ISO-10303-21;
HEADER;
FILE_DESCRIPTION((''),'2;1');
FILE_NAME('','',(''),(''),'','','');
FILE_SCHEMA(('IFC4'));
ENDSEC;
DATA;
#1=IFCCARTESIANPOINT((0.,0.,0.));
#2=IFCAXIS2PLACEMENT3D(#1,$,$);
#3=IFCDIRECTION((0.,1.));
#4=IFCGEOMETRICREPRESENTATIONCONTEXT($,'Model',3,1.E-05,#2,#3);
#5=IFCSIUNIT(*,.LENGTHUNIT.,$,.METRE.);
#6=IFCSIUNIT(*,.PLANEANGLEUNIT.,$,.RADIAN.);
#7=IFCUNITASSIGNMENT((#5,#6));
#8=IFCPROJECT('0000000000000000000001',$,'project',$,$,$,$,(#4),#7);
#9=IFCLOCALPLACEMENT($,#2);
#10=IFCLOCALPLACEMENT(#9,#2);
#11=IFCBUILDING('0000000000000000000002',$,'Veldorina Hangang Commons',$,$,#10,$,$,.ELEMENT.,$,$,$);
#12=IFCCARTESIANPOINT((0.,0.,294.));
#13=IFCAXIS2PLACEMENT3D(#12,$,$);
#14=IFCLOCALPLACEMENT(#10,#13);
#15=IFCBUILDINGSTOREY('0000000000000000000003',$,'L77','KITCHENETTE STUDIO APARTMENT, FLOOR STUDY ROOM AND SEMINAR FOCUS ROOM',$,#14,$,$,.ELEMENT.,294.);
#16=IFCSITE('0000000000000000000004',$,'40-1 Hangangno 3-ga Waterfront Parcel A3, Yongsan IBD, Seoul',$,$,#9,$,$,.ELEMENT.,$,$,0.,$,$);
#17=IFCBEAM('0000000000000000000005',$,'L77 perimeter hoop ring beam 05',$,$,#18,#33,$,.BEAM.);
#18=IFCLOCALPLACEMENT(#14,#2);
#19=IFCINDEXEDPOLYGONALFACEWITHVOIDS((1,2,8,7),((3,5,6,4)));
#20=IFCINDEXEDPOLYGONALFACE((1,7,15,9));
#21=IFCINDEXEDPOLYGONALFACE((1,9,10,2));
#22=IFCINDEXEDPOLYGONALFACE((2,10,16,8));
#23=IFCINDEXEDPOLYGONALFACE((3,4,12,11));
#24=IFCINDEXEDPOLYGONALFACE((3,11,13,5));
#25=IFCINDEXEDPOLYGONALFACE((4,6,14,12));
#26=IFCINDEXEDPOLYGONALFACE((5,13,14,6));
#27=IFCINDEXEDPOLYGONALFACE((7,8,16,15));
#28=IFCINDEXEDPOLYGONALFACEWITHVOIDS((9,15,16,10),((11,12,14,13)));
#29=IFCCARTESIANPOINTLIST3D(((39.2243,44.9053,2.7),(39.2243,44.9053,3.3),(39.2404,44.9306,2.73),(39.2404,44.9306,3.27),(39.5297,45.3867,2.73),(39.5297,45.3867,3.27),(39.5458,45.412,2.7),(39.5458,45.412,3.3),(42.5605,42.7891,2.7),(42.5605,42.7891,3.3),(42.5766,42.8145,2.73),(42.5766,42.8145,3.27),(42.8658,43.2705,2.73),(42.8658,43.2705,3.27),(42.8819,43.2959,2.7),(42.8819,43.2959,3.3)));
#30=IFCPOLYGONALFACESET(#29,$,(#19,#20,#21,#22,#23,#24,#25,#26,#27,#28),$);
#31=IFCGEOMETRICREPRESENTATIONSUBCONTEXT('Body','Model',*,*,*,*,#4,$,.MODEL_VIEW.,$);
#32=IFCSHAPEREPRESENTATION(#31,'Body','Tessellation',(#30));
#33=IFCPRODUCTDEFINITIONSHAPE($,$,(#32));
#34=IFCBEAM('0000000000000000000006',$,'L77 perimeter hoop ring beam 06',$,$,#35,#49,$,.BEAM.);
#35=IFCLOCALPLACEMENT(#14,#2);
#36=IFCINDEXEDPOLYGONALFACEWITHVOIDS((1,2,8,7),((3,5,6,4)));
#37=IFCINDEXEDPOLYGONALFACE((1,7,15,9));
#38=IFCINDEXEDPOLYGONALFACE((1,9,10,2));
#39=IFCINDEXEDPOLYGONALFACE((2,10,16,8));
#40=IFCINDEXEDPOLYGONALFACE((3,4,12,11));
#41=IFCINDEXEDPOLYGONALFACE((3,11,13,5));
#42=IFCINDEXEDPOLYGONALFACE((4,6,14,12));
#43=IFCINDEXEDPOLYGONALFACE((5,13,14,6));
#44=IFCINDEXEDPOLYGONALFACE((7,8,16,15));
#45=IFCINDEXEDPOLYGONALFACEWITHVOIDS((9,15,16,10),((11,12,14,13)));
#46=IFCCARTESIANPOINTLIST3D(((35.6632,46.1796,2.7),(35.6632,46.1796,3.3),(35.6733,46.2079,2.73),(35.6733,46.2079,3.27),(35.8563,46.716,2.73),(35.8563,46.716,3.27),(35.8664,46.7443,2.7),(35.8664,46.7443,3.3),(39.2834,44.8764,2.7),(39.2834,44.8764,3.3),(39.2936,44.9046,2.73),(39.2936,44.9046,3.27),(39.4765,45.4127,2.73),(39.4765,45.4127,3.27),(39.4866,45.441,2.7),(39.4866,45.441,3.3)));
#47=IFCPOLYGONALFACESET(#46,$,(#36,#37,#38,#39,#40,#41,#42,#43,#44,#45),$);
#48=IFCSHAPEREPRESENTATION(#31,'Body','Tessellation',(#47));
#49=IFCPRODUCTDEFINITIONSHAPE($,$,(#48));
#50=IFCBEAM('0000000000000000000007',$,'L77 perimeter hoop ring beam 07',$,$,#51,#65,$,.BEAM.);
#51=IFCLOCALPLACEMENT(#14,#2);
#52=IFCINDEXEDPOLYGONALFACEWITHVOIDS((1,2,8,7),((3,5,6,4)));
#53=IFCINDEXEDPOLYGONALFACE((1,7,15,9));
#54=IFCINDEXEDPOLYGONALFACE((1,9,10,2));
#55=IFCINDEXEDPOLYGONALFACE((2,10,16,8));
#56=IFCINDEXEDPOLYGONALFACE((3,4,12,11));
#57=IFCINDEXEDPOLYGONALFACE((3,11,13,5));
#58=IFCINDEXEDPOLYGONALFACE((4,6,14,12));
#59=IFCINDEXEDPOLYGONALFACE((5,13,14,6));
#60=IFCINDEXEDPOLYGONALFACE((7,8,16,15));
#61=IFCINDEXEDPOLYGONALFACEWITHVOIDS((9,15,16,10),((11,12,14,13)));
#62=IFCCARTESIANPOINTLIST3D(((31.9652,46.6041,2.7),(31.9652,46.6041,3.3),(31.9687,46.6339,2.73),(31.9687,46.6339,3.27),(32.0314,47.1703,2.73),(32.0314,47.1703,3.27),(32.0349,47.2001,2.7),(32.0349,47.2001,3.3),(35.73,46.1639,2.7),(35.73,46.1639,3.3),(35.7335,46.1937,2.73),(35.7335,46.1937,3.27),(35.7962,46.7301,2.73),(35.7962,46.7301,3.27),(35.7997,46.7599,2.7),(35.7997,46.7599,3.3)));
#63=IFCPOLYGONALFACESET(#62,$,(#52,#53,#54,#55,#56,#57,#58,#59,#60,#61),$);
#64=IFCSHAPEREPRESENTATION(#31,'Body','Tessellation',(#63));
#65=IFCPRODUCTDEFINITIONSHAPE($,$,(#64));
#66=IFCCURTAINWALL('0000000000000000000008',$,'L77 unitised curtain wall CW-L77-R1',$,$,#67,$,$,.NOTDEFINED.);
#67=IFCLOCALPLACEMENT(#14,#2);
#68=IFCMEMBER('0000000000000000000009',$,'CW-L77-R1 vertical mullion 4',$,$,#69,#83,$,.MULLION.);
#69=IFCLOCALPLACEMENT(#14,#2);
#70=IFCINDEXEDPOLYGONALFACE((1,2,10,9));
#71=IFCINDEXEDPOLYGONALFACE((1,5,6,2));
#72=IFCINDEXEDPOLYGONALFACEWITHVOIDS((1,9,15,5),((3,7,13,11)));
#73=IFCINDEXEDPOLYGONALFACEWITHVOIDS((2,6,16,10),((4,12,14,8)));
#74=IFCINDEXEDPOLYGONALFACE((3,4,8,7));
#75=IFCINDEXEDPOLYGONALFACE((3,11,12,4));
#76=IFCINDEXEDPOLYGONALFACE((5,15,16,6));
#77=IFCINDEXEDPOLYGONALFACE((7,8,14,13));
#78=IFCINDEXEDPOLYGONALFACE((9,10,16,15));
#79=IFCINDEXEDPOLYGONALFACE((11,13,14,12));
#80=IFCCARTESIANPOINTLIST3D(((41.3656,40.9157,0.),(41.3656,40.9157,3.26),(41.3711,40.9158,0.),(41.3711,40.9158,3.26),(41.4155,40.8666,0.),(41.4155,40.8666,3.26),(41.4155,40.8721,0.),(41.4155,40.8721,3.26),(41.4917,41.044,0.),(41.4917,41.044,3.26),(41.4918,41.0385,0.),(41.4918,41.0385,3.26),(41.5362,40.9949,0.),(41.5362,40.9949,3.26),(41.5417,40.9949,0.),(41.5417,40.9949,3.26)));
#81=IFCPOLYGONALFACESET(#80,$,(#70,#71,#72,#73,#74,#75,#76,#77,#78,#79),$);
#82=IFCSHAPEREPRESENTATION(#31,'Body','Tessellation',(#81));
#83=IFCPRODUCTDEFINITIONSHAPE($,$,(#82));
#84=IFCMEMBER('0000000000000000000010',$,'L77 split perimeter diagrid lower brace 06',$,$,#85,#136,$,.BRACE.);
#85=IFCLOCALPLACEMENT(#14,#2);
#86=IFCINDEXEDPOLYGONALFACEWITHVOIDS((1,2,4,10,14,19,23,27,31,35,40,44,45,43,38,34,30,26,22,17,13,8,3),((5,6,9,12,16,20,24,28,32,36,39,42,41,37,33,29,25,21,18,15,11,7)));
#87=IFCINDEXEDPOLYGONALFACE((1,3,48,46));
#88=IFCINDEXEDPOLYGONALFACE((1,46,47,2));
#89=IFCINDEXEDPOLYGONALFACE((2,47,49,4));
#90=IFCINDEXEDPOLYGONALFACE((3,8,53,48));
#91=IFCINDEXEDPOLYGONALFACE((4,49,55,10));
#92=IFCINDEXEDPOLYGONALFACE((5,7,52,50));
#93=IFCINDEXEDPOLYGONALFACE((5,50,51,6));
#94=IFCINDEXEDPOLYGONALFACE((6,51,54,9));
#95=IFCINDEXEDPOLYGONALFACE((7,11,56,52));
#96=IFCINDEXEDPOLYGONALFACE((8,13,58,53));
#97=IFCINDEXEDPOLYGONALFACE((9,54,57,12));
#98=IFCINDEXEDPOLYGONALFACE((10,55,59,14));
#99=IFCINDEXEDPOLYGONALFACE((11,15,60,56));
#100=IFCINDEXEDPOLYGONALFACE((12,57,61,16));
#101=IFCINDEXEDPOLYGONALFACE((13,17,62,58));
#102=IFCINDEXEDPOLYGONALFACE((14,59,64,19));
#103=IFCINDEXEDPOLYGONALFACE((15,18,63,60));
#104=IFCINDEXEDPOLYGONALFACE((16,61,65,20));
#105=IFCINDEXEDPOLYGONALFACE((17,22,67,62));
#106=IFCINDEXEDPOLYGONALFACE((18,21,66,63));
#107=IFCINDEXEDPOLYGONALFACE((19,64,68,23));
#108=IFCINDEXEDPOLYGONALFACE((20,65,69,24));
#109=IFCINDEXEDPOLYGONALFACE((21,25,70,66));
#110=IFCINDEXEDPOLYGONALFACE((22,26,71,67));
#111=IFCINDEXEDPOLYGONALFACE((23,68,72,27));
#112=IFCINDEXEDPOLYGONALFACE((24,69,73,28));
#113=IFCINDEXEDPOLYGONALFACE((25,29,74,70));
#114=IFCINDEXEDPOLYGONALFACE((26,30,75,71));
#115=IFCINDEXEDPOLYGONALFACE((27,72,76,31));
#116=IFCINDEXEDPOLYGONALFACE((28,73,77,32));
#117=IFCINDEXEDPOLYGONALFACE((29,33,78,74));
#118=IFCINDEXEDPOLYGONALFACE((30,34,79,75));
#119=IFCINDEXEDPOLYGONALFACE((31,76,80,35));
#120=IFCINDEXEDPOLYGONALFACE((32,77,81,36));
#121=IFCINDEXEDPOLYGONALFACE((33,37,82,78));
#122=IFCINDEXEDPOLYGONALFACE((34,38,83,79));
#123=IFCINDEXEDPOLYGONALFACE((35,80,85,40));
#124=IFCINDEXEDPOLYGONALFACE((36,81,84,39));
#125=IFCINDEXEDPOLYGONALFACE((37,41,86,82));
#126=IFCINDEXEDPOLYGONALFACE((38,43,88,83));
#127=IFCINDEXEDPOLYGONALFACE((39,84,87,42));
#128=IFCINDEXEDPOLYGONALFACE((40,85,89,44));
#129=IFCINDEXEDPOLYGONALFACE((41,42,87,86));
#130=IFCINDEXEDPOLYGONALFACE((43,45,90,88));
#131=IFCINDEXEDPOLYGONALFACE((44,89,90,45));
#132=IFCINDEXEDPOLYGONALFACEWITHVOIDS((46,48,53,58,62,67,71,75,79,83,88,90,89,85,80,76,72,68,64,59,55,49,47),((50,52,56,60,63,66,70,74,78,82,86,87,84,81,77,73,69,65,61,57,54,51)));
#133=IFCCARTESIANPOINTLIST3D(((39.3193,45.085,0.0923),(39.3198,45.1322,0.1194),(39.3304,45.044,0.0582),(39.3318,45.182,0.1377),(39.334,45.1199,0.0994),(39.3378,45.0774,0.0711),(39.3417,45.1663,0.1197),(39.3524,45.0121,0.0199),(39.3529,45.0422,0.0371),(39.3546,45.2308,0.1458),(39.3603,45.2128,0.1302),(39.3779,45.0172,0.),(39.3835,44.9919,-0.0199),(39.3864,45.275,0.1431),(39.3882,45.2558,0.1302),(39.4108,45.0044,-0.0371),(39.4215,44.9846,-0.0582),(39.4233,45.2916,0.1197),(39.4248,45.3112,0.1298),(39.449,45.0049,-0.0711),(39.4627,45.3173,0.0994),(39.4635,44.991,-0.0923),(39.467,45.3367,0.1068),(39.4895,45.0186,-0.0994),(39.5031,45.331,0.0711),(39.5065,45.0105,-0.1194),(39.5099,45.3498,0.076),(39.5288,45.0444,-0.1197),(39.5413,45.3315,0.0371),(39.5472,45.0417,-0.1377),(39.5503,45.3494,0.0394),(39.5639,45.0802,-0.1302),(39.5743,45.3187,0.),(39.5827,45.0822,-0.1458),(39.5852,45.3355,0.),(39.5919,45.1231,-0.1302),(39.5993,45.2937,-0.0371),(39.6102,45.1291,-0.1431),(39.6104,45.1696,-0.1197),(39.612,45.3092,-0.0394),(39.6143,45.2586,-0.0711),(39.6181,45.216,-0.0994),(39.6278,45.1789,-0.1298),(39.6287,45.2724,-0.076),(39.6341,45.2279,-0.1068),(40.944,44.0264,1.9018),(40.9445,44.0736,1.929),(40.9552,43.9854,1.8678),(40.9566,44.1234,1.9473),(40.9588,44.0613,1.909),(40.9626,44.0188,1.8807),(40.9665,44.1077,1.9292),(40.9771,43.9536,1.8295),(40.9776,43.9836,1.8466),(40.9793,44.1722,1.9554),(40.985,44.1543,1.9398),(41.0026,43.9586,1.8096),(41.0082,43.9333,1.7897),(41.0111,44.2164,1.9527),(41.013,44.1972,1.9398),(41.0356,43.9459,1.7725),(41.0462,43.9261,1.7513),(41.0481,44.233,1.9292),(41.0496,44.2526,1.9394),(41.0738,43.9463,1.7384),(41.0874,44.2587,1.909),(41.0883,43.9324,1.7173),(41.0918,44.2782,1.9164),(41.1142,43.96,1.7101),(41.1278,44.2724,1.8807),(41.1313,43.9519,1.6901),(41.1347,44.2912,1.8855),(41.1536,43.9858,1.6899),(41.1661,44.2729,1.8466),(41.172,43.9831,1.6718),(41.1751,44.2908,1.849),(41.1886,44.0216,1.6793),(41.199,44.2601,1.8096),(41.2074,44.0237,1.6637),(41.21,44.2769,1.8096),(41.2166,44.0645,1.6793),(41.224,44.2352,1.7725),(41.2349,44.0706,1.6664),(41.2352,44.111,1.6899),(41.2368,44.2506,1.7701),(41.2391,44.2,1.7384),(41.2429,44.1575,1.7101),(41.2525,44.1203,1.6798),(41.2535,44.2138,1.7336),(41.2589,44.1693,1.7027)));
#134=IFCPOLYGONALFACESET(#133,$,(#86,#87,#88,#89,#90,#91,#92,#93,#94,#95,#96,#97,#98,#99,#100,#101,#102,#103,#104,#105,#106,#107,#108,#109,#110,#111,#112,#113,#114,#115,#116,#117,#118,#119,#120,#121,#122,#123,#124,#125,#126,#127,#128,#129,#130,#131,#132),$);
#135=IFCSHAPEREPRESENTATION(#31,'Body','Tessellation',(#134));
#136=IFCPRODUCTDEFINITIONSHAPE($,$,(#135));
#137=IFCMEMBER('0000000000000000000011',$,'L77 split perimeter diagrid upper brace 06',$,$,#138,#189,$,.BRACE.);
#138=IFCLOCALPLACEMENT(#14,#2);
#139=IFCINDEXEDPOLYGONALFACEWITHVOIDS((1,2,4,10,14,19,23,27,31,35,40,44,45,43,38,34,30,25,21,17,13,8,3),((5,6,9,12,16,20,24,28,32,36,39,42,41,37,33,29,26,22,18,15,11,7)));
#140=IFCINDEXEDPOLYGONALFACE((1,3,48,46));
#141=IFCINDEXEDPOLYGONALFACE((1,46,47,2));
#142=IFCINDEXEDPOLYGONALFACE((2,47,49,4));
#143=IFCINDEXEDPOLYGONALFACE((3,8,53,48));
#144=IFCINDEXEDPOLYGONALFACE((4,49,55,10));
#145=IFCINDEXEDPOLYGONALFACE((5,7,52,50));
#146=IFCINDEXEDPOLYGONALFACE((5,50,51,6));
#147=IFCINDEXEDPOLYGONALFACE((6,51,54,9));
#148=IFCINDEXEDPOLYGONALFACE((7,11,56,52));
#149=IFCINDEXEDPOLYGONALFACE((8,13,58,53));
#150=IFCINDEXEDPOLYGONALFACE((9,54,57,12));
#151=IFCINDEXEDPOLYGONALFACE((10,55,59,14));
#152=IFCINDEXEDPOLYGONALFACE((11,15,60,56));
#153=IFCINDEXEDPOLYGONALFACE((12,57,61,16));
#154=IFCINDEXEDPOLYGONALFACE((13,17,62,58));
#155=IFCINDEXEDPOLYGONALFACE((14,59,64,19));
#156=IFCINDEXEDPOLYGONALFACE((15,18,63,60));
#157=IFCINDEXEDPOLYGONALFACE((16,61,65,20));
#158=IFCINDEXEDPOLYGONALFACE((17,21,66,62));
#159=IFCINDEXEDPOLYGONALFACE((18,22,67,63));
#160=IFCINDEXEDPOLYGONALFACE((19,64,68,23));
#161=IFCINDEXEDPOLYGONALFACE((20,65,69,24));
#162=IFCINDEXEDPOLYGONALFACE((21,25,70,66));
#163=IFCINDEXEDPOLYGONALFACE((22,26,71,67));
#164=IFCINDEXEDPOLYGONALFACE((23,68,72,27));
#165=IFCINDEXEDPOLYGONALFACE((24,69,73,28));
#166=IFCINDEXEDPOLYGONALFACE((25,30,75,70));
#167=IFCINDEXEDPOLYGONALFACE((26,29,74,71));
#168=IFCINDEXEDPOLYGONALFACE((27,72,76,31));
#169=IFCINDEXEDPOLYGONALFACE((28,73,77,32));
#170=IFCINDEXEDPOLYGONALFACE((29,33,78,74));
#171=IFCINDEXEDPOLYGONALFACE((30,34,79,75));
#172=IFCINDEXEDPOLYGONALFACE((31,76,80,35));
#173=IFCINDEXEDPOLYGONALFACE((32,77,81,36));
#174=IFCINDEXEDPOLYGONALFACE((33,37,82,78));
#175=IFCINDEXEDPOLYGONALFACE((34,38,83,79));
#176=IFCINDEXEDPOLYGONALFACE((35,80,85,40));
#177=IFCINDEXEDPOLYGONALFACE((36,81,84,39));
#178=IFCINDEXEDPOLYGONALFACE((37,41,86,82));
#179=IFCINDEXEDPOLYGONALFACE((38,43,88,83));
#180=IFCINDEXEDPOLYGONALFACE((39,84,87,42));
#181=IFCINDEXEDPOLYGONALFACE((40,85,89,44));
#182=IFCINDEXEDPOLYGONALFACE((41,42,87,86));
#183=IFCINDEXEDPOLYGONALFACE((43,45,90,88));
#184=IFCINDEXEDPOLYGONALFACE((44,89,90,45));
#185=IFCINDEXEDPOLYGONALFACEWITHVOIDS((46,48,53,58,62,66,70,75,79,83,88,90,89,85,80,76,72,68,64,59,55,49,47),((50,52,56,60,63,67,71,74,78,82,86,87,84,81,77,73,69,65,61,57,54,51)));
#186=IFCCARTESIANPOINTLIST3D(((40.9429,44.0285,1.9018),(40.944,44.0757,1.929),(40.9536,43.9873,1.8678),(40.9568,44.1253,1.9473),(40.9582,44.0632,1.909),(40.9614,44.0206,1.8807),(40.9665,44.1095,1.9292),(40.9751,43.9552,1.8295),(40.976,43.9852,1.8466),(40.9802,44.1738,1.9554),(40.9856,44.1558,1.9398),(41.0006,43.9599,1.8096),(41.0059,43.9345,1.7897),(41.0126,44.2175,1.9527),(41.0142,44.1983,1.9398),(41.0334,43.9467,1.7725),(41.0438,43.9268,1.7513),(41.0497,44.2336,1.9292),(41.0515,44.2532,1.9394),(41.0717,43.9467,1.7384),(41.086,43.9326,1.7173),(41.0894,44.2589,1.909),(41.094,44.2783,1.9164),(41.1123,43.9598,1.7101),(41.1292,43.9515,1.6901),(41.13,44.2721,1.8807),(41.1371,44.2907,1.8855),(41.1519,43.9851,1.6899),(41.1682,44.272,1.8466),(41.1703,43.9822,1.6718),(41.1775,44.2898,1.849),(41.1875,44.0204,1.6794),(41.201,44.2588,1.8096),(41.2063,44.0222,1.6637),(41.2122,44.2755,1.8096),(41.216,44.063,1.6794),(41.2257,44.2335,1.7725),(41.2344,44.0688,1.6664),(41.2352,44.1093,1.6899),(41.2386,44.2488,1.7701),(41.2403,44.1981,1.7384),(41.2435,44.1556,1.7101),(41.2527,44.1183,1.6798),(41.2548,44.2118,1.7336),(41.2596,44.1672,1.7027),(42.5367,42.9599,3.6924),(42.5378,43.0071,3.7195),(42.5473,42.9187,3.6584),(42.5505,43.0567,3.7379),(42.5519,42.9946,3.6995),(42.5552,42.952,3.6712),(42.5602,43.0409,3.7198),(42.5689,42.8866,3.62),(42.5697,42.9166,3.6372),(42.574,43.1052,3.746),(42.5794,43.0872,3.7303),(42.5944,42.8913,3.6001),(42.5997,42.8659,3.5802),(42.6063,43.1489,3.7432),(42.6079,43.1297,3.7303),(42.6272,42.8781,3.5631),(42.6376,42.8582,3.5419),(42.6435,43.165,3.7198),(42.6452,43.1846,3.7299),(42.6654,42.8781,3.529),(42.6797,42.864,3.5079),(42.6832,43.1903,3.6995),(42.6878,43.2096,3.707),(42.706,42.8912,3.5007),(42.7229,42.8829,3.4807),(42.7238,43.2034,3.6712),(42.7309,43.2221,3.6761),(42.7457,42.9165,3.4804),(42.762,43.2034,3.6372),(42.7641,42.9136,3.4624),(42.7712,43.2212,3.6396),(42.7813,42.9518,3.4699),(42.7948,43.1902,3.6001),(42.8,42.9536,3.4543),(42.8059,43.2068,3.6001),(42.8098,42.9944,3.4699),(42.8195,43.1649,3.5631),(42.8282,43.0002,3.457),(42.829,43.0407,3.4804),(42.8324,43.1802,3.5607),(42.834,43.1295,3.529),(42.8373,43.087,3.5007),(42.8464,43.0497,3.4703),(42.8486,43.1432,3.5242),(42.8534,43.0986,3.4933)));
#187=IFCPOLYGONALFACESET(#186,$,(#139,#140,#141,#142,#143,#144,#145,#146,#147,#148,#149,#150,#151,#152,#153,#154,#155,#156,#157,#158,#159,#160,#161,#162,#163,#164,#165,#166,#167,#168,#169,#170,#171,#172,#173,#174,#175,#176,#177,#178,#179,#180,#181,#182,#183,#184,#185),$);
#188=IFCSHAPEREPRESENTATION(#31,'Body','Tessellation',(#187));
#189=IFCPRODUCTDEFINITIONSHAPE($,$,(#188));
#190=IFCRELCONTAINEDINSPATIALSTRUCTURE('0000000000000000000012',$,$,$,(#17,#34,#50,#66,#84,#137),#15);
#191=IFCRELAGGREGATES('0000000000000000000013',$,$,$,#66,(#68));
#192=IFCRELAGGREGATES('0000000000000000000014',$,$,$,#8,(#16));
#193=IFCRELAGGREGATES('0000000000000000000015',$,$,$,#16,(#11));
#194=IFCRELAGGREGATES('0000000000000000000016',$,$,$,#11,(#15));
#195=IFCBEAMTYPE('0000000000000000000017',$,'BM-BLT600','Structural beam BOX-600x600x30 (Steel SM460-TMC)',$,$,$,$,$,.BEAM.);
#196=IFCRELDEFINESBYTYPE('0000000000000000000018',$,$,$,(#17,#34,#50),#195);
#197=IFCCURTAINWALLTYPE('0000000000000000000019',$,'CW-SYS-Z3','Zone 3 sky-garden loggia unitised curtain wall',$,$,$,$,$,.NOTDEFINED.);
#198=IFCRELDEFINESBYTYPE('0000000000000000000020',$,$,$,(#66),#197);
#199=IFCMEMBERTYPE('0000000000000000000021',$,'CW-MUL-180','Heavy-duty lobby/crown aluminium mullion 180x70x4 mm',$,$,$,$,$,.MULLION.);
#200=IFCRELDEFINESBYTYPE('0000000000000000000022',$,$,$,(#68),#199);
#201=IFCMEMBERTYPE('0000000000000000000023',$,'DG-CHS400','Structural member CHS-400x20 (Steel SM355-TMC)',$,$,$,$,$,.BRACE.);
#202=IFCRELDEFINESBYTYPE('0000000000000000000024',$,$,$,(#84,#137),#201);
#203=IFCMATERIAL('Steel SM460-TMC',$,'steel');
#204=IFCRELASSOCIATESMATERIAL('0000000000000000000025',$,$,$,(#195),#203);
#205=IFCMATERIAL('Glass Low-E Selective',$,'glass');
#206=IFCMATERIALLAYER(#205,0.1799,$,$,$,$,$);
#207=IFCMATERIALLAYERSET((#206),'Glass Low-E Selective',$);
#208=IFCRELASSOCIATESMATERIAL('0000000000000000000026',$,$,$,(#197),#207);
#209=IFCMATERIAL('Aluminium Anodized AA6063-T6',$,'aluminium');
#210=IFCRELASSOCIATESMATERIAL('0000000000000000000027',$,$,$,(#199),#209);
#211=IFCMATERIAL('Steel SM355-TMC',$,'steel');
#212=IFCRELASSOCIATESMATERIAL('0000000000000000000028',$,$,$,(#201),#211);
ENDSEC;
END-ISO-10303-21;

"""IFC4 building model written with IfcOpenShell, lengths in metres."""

from ifc_helpers import new_model, si_unit, direction, frame, origin, origin_2d, place, context, subcontext, project, spatial, hollow_rectangle, hollow_circle, extrude, material, layer, layer_set, material_profile, profile_set, type_object, element, aggregate, save


model = new_model("IFC4")

# Units and contexts
model_context = context("Model", 3, precision=1e-05, world=origin(), true_north=direction((0.0, 1.0)))
body_context = subcontext(model_context, "Body", "Model", "MODEL_VIEW")
ifc_project = project(units=[si_unit("LENGTHUNIT", "METRE"), si_unit("PLANEANGLEUNIT", "RADIAN")], contexts=[model_context])

# Site, building, storey
site_placement = place(None, origin())
site = spatial("IfcSite", under=ifc_project, at=site_placement, Name="40-1 Hangangno 3-ga Waterfront Parcel A3, Yongsan IBD, Seoul", CompositionType="ELEMENT", RefElevation=0.0)
building_placement = place(site_placement, origin())
building = spatial("IfcBuilding", under=site, at=building_placement, Name="Veldorina Hangang Commons", CompositionType="ELEMENT")
storey_placement = place(building_placement, frame((0.0, 0.0, 294.0)))
storey = spatial("IfcBuildingStorey", under=building, at=storey_placement, Name="L77", Description="KITCHENETTE STUDIO APARTMENT, FLOOR STUDY ROOM AND SEMINAR FOCUS ROOM", CompositionType="ELEMENT", Elevation=294.0)

# Beams
ifc_material_1 = material(Name="Steel SM460-TMC", Category="steel")
ifc_material_profile_1 = material_profile(ifc_material_1, hollow_rectangle(XDim=0.6001, YDim=0.6001, WallThickness=0.03, at=origin_2d()), Name="BOX-600x600x30")
ifc_profile_set_1 = profile_set([ifc_material_profile_1], Name="Steel SM460-TMC")
beam_type = type_object("IfcBeamType", Name="BM-BLT600", Description="Structural beam BOX-600x600x30 (Steel SM460-TMC)", PredefinedType="BEAM", material=ifc_profile_set_1)
beam_1_placement = place(storey_placement, frame((42.7212, 43.0425, 3.0), z_axis=(-0.844442, 0.535647, 0.0), x_axis=(-0.535647, -0.844442, 0.0)))
element("IfcBeam", 1, at=beam_1_placement, inside=storey, type_object=beam_type, Name="L77 perimeter hoop ring beam 05", PredefinedType="BEAM", context=body_context, shape_type="SweptSolid", body=[
    extrude(hollow_rectangle(XDim=0.6001, YDim=0.6001, WallThickness=0.03, at=origin_2d()), origin(), (0.0, 0.0, 1.0), 3.9507),
])
beam_2_placement = place(storey_placement, frame((39.385, 45.1587, 3.0), z_axis=(-0.940889, 0.338715, 0.0), x_axis=(-0.338715, -0.940889, 0.0)))
element("IfcBeam", 2, at=beam_2_placement, inside=storey, type_object=beam_type, Name="L77 perimeter hoop ring beam 06", PredefinedType="BEAM", context=body_context, shape_type="SweptSolid", body=[
    extrude(hollow_rectangle(XDim=0.6001, YDim=0.6001, WallThickness=0.03, at=origin_2d()), origin(), (0.0, 0.0, 1.0), 3.8477),
])
beam_3_placement = place(storey_placement, frame((35.7649, 46.4619, 3.0), z_axis=(-0.993234, 0.116127, 0.0), x_axis=(-0.116127, -0.993234, 0.0)))
element("IfcBeam", 3, at=beam_3_placement, inside=storey, type_object=beam_type, Name="L77 perimeter hoop ring beam 07", PredefinedType="BEAM", context=body_context, shape_type="SweptSolid", body=[
    extrude(hollow_rectangle(XDim=0.6001, YDim=0.6001, WallThickness=0.03, at=origin_2d()), origin(), (0.0, 0.0, 1.0), 3.7905),
])

# Curtain wall, member
ifc_material_2 = material(Name="Glass Low-E Selective", Category="glass")
ifc_layer_1 = layer(ifc_material_2, 0.1799)
ifc_layer_set_1 = layer_set([ifc_layer_1], Name="Glass Low-E Selective")
curtain_wall_type = type_object("IfcCurtainWallType", Name="CW-SYS-Z3", Description="Zone 3 sky-garden loggia unitised curtain wall", PredefinedType="NOTDEFINED", material=ifc_layer_set_1)
curtain_wall_placement = place(storey_placement, origin())
curtain_wall = element("IfcCurtainWall", 4, at=curtain_wall_placement, inside=storey, type_object=curtain_wall_type, Name="L77 unitised curtain wall CW-L77-R1", PredefinedType="NOTDEFINED")
ifc_material_3 = material(Name="Aluminium Anodized AA6063-T6", Category="aluminium")
ifc_material_profile_2 = material_profile(ifc_material_3, hollow_rectangle(XDim=0.0701, YDim=0.1799, WallThickness=0.0039, at=origin_2d()), Name="ALU-RHS-180x70x4")
ifc_profile_set_2 = profile_set([ifc_material_profile_2], Name="Aluminium Anodized AA6063-T6")
member_type_1 = type_object("IfcMemberType", Name="CW-MUL-180", Description="Heavy-duty lobby/crown aluminium mullion 180x70x4 mm", PredefinedType="MULLION", material=ifc_profile_set_2)
member_1_placement = place(storey_placement, frame((41.4536, 40.9553, 0.0), z_axis=(0.0, 0.0, 1.0), x_axis=(0.712957, -0.701208, 0.0)))
member_1 = element("IfcMember", 5, at=member_1_placement, type_object=member_type_1, Name="CW-L77-R1 vertical mullion 4", PredefinedType="MULLION", context=body_context, shape_type="SweptSolid", body=[
    extrude(hollow_rectangle(XDim=0.0701, YDim=0.1799, WallThickness=0.0039, at=origin_2d()), origin(), (0.0, 0.0, 1.0), 3.26),
])
aggregate(curtain_wall, [member_1])

# Members
ifc_material_4 = material(Name="Steel SM355-TMC", Category="steel")
ifc_material_profile_3 = material_profile(ifc_material_4, hollow_circle(Radius=0.2, WallThickness=0.02, at=origin_2d()), Name="CHS-400x20")
ifc_profile_set_3 = profile_set([ifc_material_profile_3], Name="Steel SM355-TMC")
member_type_2 = type_object("IfcMemberType", Name="DG-CHS400", Description="Structural member CHS-400x20 (Steel SM355-TMC)", PredefinedType="BRACE", material=ifc_profile_set_3)
member_2_placement = place(storey_placement, frame((39.4761, 45.168, 0.0), z_axis=(0.612571, -0.399114, 0.68225), x_axis=(0.545895, 0.837853, 0.0)))
element("IfcMember", 6, at=member_2_placement, inside=storey, type_object=member_type_2, Name="L77 split perimeter diagrid lower brace 06", PredefinedType="BRACE", context=body_context, shape_type="SweptSolid", body=[
    extrude(hollow_circle(Radius=0.2, WallThickness=0.02, at=origin_2d()), origin(), (0.0, 0.0, 1.0), 2.6523),
])
member_3_placement = place(storey_placement, frame((41.1008, 44.1094, 1.8096), z_axis=(0.607261, -0.407166, 0.682239), x_axis=(0.5569, 0.830579, 0.0)))
element("IfcMember", 7, at=member_3_placement, inside=storey, type_object=member_type_2, Name="L77 split perimeter diagrid upper brace 06", PredefinedType="BRACE", context=body_context, shape_type="SweptSolid", body=[
    extrude(hollow_circle(Radius=0.2, WallThickness=0.02, at=origin_2d()), origin(), (0.0, 0.0, 1.0), 2.6245),
])

save(model, "model.ifc")
